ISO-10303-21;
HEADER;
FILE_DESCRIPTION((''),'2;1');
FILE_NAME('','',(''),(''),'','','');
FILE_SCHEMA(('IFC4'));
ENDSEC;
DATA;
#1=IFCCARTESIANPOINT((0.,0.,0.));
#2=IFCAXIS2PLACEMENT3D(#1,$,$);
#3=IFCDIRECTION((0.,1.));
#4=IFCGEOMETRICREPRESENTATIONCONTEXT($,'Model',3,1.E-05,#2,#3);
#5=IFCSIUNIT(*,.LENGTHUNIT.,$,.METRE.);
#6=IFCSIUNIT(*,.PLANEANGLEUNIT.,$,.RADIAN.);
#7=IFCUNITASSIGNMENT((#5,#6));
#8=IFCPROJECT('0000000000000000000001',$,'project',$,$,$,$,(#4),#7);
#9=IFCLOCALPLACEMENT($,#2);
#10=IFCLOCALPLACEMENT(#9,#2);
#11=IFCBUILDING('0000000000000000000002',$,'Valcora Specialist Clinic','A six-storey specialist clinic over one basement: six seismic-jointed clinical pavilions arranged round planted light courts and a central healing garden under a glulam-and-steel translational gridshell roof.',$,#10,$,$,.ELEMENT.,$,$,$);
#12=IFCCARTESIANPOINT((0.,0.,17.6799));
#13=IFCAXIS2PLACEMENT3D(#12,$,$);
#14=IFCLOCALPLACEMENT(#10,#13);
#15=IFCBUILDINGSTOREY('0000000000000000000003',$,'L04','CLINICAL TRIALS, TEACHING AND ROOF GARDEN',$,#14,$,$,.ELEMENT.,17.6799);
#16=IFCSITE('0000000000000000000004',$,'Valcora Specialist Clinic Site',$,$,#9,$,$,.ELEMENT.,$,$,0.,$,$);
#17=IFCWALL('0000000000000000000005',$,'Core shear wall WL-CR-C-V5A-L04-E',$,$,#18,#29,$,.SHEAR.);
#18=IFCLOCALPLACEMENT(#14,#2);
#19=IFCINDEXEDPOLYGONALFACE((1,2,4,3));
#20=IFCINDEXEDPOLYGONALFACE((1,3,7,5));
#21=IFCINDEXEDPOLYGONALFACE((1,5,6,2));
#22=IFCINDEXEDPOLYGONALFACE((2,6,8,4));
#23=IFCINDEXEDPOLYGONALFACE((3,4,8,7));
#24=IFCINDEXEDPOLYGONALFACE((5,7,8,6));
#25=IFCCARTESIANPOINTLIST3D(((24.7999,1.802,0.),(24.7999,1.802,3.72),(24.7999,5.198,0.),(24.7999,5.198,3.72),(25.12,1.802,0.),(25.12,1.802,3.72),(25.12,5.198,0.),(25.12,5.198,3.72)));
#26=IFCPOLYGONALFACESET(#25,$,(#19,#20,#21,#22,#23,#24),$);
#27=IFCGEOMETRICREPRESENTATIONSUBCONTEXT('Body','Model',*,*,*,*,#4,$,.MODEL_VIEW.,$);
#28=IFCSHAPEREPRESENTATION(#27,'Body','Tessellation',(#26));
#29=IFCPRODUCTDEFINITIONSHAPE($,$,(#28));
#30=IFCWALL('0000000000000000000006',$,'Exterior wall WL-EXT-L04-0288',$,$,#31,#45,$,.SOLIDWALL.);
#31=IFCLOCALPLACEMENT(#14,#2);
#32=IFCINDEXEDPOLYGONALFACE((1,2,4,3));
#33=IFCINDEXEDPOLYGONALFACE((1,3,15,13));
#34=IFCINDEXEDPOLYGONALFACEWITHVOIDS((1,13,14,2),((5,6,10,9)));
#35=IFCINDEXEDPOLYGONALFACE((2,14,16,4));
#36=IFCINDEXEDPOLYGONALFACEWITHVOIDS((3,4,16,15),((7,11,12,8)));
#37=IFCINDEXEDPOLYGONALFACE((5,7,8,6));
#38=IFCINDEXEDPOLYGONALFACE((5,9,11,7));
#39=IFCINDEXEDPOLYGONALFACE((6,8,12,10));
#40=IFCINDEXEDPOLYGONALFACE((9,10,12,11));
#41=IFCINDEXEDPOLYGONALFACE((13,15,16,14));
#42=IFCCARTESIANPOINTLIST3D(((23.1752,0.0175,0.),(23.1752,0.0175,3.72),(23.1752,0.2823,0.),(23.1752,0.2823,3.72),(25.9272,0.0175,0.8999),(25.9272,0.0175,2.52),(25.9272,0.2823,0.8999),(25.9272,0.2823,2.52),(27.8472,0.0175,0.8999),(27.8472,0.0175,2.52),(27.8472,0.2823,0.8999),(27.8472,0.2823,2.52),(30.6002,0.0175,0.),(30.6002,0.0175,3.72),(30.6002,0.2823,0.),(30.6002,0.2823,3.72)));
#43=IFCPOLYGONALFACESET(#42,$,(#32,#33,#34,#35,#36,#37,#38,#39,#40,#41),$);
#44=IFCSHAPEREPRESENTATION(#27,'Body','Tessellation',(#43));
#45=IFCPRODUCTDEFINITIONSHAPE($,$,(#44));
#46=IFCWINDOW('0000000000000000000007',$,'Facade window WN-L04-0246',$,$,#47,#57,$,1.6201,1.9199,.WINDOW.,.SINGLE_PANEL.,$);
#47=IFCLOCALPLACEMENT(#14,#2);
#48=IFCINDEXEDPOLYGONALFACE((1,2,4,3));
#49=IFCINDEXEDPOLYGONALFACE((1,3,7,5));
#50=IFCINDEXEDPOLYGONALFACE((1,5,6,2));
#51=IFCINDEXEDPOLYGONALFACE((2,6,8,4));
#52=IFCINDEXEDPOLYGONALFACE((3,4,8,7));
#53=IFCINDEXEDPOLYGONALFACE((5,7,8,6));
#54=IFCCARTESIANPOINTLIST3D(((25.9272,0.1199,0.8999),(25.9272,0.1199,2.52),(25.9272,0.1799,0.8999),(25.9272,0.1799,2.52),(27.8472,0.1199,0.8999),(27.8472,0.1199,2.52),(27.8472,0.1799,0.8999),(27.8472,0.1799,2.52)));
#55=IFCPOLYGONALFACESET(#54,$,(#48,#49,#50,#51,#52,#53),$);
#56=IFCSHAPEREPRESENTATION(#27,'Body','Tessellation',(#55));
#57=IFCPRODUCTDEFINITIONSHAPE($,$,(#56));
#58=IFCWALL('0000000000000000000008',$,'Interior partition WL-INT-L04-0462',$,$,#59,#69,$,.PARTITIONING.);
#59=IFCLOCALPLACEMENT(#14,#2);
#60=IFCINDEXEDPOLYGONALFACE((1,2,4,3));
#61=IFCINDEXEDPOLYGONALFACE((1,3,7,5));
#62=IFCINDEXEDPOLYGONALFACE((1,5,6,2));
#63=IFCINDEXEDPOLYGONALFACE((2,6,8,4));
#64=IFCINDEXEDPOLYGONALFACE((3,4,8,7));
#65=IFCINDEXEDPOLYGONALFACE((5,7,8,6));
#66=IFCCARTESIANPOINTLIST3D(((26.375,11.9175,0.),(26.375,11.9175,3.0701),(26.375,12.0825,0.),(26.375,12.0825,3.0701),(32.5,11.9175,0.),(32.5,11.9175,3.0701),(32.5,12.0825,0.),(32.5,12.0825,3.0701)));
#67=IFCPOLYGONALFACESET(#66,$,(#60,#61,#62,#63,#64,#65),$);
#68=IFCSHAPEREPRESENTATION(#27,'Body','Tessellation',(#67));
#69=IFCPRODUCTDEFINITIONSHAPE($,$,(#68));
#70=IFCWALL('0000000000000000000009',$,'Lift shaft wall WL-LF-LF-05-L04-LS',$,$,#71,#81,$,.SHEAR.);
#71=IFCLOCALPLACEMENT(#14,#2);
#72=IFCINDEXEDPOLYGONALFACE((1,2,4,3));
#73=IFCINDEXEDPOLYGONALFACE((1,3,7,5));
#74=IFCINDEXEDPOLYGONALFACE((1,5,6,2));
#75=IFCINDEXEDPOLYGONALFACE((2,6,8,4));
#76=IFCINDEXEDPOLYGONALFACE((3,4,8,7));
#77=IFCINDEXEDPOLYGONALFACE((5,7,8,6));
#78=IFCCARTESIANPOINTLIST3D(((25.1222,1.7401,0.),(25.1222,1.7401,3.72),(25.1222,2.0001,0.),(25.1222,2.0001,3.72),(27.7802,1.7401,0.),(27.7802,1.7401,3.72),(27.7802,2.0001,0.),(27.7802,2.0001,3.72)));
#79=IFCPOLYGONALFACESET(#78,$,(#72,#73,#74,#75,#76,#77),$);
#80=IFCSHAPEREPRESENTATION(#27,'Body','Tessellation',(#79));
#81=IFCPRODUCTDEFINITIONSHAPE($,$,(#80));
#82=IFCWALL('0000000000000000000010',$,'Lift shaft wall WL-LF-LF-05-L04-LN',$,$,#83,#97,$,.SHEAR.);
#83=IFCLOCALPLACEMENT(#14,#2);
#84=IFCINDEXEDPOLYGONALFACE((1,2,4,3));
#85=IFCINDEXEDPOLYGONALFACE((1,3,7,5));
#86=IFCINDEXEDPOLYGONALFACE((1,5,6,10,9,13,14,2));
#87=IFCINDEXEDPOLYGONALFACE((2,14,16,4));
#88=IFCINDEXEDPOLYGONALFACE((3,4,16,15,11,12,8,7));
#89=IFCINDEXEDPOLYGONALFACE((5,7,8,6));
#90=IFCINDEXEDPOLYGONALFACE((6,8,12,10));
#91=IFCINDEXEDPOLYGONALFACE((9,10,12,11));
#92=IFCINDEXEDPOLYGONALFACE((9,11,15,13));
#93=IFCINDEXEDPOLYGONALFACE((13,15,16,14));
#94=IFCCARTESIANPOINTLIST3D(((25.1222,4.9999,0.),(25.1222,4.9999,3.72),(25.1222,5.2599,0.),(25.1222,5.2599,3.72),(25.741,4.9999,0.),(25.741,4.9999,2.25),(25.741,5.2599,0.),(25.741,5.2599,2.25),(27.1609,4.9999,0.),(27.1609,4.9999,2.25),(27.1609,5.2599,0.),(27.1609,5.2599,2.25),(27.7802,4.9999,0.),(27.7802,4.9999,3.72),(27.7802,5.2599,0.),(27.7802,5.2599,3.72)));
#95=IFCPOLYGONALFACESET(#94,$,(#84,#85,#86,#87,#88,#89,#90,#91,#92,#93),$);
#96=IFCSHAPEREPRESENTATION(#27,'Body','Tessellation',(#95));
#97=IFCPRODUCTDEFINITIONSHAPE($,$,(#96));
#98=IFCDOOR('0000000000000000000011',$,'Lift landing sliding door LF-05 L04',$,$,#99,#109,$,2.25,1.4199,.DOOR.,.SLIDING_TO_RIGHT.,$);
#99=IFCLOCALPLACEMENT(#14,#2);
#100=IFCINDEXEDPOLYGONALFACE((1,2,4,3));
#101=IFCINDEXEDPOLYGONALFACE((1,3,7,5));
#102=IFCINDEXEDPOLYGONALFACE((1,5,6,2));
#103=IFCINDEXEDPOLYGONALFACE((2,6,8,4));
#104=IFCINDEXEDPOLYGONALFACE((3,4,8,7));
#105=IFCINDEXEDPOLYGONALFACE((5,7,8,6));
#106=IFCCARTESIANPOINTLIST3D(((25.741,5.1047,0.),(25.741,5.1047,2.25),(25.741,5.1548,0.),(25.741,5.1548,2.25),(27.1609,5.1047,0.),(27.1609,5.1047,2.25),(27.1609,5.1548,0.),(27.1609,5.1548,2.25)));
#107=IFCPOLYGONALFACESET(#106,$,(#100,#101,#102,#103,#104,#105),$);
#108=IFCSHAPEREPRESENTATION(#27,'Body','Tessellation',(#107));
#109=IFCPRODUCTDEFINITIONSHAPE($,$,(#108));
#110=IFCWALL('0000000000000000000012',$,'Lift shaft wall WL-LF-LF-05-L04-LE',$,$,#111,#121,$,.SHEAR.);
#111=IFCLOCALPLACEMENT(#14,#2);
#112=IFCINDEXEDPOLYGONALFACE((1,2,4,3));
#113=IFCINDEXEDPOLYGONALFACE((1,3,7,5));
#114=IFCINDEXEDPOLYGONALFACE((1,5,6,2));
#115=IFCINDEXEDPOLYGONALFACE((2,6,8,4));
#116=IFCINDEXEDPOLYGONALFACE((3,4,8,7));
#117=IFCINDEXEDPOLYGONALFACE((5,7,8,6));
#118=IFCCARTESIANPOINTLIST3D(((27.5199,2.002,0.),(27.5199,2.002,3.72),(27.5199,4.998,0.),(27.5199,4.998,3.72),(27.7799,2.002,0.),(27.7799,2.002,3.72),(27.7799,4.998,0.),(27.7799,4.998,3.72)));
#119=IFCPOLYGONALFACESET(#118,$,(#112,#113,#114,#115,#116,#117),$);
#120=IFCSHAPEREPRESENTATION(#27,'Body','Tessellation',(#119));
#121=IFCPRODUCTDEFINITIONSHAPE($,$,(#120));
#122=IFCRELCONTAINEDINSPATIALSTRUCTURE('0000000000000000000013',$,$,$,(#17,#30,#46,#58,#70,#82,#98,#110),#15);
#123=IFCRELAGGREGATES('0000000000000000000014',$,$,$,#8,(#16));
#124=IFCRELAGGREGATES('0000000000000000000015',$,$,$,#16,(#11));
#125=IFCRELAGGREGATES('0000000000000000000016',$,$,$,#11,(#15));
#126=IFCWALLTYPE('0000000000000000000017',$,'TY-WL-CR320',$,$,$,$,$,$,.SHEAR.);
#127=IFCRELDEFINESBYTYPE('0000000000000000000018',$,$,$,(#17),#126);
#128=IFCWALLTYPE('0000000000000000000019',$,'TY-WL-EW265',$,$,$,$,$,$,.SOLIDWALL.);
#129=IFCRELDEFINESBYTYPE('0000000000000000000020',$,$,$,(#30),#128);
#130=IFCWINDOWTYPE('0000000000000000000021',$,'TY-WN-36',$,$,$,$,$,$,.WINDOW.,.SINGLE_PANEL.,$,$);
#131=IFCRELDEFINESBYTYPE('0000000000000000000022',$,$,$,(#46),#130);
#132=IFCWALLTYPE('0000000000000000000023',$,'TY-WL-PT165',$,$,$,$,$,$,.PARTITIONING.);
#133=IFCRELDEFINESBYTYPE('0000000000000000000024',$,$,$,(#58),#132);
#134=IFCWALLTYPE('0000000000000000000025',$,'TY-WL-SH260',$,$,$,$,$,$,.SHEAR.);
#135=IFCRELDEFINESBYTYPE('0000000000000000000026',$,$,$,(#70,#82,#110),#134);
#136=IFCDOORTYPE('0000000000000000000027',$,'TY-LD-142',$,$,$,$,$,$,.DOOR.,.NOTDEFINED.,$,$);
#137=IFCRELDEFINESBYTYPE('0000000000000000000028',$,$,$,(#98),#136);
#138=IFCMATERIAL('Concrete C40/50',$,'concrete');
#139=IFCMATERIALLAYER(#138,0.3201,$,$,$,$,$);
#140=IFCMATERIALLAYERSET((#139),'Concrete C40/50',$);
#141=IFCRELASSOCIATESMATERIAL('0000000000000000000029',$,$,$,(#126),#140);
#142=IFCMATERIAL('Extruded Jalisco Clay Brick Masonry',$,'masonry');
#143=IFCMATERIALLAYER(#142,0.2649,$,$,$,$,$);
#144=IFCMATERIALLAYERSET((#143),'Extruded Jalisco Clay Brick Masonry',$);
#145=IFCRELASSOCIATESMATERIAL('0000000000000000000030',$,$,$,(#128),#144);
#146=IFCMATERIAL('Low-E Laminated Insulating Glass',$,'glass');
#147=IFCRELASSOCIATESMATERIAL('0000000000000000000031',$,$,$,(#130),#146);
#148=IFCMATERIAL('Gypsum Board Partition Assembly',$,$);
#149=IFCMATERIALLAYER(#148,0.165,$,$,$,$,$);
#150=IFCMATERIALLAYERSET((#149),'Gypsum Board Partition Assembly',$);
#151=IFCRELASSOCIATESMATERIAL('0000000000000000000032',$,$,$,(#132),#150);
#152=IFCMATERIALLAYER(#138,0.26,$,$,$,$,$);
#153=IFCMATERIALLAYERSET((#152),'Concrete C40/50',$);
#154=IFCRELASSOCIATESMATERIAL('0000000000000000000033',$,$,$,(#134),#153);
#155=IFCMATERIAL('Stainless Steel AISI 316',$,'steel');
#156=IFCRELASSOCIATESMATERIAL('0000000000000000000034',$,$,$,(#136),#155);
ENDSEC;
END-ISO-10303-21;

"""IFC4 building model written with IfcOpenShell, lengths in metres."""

from ifc_helpers import new_model, si_unit, direction, frame, frame_2d, origin, place, context, subcontext, project, spatial, rectangle, extrude, material, layer, layer_set, type_object, element, fill, save


model = new_model("IFC4")

# Units and contexts
model_context = context("Model", 3, precision=1e-05, world=origin(), true_north=direction((0.0, 1.0)))
body_context = subcontext(model_context, "Body", "Model", "MODEL_VIEW")
ifc_project = project(units=[si_unit("LENGTHUNIT", "METRE"), si_unit("PLANEANGLEUNIT", "RADIAN")], contexts=[model_context])

# Site, building, storey
site_placement = place(None, origin())
site = spatial("IfcSite", under=ifc_project, at=site_placement, Name="Valcora Specialist Clinic Site", CompositionType="ELEMENT", RefElevation=0.0)
building_placement = place(site_placement, origin())
building = spatial("IfcBuilding", under=site, at=building_placement, Name="Valcora Specialist Clinic", Description="A six-storey specialist clinic over one basement: six seismic-jointed clinical pavilions arranged round planted light courts and a central healing garden under a glulam-and-steel translational gridshell roof.", CompositionType="ELEMENT")
storey_placement = place(building_placement, frame((0.0, 0.0, 17.6799)))
storey = spatial("IfcBuildingStorey", under=building, at=storey_placement, Name="L04", Description="CLINICAL TRIALS, TEACHING AND ROOF GARDEN", CompositionType="ELEMENT", Elevation=17.6799)

# Shared definitions
ifc_material_1 = material(Name="Concrete C40/50", Category="concrete")

# Wall
ifc_layer_1 = layer(ifc_material_1, 0.3201)
ifc_layer_set_1 = layer_set([ifc_layer_1], Name="Concrete C40/50")
wall_type_1 = type_object("IfcWallType", Name="TY-WL-CR320", PredefinedType="SHEAR", material=ifc_layer_set_1)
wall_1_placement = place(storey_placement, frame((24.96, 1.802, 0.0), z_axis=(0.0, 0.0, 1.0), x_axis=(0.0, 1.0, 0.0)))
element("IfcWall", 1, at=wall_1_placement, inside=storey, type_object=wall_type_1, Name="Core shear wall WL-CR-C-V5A-L04-E", PredefinedType="SHEAR", context=body_context, shape_type="SweptSolid", body=[
    extrude(rectangle(XDim=3.396, YDim=0.3201, at=frame_2d((1.698, 0.0))), origin(), (0.0, 0.0, 1.0), 3.72),
])

# Wall, opening, window
ifc_material_2 = material(Name="Extruded Jalisco Clay Brick Masonry", Category="masonry")
ifc_layer_2 = layer(ifc_material_2, 0.2649)
ifc_layer_set_2 = layer_set([ifc_layer_2], Name="Extruded Jalisco Clay Brick Masonry")
wall_type_2 = type_object("IfcWallType", Name="TY-WL-EW265", PredefinedType="SOLIDWALL", material=ifc_layer_set_2)
wall_2_placement = place(storey_placement, frame((30.6001, 0.1499, 0.0), z_axis=(0.0, 0.0, 1.0), x_axis=(-1.0, 0.0, 0.0)))
wall_2 = element("IfcWall", 2, at=wall_2_placement, inside=storey, type_object=wall_type_2, Name="Exterior wall WL-EXT-L04-0288", PredefinedType="SOLIDWALL", context=body_context, shape_type="SweptSolid", body=[
    extrude(rectangle(XDim=7.425, YDim=0.2649, at=frame_2d((3.7124, 0.0))), origin(), (0.0, 0.0, 1.0), 3.72),
])
opening_1_placement = place(wall_2_placement, frame((2.7529, 0.0, 0.8999)))
opening_1 = element("IfcOpeningElement", 3, at=opening_1_placement, cuts=wall_2, PredefinedType="OPENING", context=body_context, shape_type="SweptSolid", body=[
    extrude(rectangle(XDim=1.9199, YDim=1.6201, at=frame_2d((0.96, 0.8101))), frame((0.0, 0.1423, 0.0), z_axis=(0.0, -1.0, 0.0), x_axis=(1.0, 0.0, 0.0)), (0.0, 0.0, 1.0), 0.2849),
])
ifc_material_3 = material(Name="Low-E Laminated Insulating Glass", Category="glass")
window_type = type_object("IfcWindowType", Name="TY-WN-36", PartitioningType="SINGLE_PANEL", PredefinedType="WINDOW", material=ifc_material_3)
window_placement = place(opening_1_placement, origin())
window = element("IfcWindow", 4, at=window_placement, inside=storey, type_object=window_type, Name="Facade window WN-L04-0246", OverallHeight=1.6201, OverallWidth=1.9199, PartitioningType="SINGLE_PANEL", PredefinedType="WINDOW", context=body_context, shape_type="SweptSolid", body=[
    extrude(rectangle(XDim=1.9199, YDim=1.6201, at=frame_2d((0.96, 0.8101))), frame((0.0, 0.03, 0.0), z_axis=(0.0, -1.0, 0.0), x_axis=(1.0, 0.0, 0.0)), (0.0, 0.0, 1.0), 0.0601),
])
fill(opening_1, window)

# Walls
ifc_material_4 = material(Name="Gypsum Board Partition Assembly")
ifc_layer_3 = layer(ifc_material_4, 0.165)
ifc_layer_set_3 = layer_set([ifc_layer_3], Name="Gypsum Board Partition Assembly")
wall_type_3 = type_object("IfcWallType", Name="TY-WL-PT165", PredefinedType="PARTITIONING", material=ifc_layer_set_3)
wall_3_placement = place(storey_placement, frame((26.375, 12.0, 0.0), z_axis=(0.0, 0.0, 1.0), x_axis=(1.0, 0.0, 0.0)))
element("IfcWall", 5, at=wall_3_placement, inside=storey, type_object=wall_type_3, Name="Interior partition WL-INT-L04-0462", PredefinedType="PARTITIONING", context=body_context, shape_type="SweptSolid", body=[
    extrude(rectangle(XDim=6.125, YDim=0.165, at=frame_2d((3.0625, 0.0))), origin(), (0.0, 0.0, 1.0), 3.0701),
])
ifc_layer_4 = layer(ifc_material_1, 0.26)
ifc_layer_set_4 = layer_set([ifc_layer_4], Name="Concrete C40/50")
wall_type_4 = type_object("IfcWallType", Name="TY-WL-SH260", PredefinedType="SHEAR", material=ifc_layer_set_4)
wall_4_placement = place(storey_placement, frame((25.1221, 1.8701, 0.0), z_axis=(0.0, 0.0, 1.0), x_axis=(1.0, 0.0, 0.0)))
element("IfcWall", 6, at=wall_4_placement, inside=storey, type_object=wall_type_4, Name="Lift shaft wall WL-LF-LF-05-L04-LS", PredefinedType="SHEAR", context=body_context, shape_type="SweptSolid", body=[
    extrude(rectangle(XDim=2.658, YDim=0.26, at=frame_2d((1.3291, 0.0))), origin(), (0.0, 0.0, 1.0), 3.72),
])

# Wall, opening, door
wall_5_placement = place(storey_placement, frame((25.1221, 5.1299, 0.0), z_axis=(0.0, 0.0, 1.0), x_axis=(1.0, 0.0, 0.0)))
wall_5 = element("IfcWall", 7, at=wall_5_placement, inside=storey, type_object=wall_type_4, Name="Lift shaft wall WL-LF-LF-05-L04-LN", PredefinedType="SHEAR", context=body_context, shape_type="SweptSolid", body=[
    extrude(rectangle(XDim=2.658, YDim=0.26, at=frame_2d((1.3291, 0.0))), origin(), (0.0, 0.0, 1.0), 3.72),
])
opening_2_placement = place(wall_5_placement, frame((0.6189, 0.0, 0.0)))
opening_2 = element("IfcOpeningElement", 8, at=opening_2_placement, cuts=wall_5, PredefinedType="OPENING", context=body_context, shape_type="SweptSolid", body=[
    extrude(rectangle(XDim=1.4199, YDim=2.25, at=frame_2d((0.71, 1.125))), frame((0.0, 0.1399, 0.0), z_axis=(0.0, -1.0, 0.0), x_axis=(1.0, 0.0, 0.0)), (0.0, 0.0, 1.0), 0.28),
])
ifc_material_5 = material(Name="Stainless Steel AISI 316", Category="steel")
door_type_1 = type_object("IfcDoorType", Name="TY-LD-142", OperationType="NOTDEFINED", PredefinedType="DOOR", material=ifc_material_5)
door_1_placement = place(opening_2_placement, origin())
door_1 = element("IfcDoor", 9, at=door_1_placement, inside=storey, type_object=door_type_1, Name="Lift landing sliding door LF-05 L04", OperationType="SLIDING_TO_RIGHT", OverallHeight=2.25, OverallWidth=1.4199, PredefinedType="DOOR", context=body_context, shape_type="SweptSolid", body=[
    extrude(rectangle(XDim=1.4199, YDim=2.25, at=frame_2d((0.71, 1.125))), frame((0.0, 0.0249, 0.0), z_axis=(0.0, -1.0, 0.0), x_axis=(1.0, 0.0, 0.0)), (0.0, 0.0, 1.0), 0.05),
])
fill(opening_2, door_1)

# Wall
wall_6_placement = place(storey_placement, frame((27.6499, 2.002, 0.0), z_axis=(0.0, 0.0, 1.0), x_axis=(0.0, 1.0, 0.0)))
element("IfcWall", 10, at=wall_6_placement, inside=storey, type_object=wall_type_4, Name="Lift shaft wall WL-LF-LF-05-L04-LE", PredefinedType="SHEAR", context=body_context, shape_type="SweptSolid", body=[
    extrude(rectangle(XDim=2.9961, YDim=0.26, at=frame_2d((1.498, 0.0))), origin(), (0.0, 0.0, 1.0), 3.72),
])

save(model, "model.ifc")
